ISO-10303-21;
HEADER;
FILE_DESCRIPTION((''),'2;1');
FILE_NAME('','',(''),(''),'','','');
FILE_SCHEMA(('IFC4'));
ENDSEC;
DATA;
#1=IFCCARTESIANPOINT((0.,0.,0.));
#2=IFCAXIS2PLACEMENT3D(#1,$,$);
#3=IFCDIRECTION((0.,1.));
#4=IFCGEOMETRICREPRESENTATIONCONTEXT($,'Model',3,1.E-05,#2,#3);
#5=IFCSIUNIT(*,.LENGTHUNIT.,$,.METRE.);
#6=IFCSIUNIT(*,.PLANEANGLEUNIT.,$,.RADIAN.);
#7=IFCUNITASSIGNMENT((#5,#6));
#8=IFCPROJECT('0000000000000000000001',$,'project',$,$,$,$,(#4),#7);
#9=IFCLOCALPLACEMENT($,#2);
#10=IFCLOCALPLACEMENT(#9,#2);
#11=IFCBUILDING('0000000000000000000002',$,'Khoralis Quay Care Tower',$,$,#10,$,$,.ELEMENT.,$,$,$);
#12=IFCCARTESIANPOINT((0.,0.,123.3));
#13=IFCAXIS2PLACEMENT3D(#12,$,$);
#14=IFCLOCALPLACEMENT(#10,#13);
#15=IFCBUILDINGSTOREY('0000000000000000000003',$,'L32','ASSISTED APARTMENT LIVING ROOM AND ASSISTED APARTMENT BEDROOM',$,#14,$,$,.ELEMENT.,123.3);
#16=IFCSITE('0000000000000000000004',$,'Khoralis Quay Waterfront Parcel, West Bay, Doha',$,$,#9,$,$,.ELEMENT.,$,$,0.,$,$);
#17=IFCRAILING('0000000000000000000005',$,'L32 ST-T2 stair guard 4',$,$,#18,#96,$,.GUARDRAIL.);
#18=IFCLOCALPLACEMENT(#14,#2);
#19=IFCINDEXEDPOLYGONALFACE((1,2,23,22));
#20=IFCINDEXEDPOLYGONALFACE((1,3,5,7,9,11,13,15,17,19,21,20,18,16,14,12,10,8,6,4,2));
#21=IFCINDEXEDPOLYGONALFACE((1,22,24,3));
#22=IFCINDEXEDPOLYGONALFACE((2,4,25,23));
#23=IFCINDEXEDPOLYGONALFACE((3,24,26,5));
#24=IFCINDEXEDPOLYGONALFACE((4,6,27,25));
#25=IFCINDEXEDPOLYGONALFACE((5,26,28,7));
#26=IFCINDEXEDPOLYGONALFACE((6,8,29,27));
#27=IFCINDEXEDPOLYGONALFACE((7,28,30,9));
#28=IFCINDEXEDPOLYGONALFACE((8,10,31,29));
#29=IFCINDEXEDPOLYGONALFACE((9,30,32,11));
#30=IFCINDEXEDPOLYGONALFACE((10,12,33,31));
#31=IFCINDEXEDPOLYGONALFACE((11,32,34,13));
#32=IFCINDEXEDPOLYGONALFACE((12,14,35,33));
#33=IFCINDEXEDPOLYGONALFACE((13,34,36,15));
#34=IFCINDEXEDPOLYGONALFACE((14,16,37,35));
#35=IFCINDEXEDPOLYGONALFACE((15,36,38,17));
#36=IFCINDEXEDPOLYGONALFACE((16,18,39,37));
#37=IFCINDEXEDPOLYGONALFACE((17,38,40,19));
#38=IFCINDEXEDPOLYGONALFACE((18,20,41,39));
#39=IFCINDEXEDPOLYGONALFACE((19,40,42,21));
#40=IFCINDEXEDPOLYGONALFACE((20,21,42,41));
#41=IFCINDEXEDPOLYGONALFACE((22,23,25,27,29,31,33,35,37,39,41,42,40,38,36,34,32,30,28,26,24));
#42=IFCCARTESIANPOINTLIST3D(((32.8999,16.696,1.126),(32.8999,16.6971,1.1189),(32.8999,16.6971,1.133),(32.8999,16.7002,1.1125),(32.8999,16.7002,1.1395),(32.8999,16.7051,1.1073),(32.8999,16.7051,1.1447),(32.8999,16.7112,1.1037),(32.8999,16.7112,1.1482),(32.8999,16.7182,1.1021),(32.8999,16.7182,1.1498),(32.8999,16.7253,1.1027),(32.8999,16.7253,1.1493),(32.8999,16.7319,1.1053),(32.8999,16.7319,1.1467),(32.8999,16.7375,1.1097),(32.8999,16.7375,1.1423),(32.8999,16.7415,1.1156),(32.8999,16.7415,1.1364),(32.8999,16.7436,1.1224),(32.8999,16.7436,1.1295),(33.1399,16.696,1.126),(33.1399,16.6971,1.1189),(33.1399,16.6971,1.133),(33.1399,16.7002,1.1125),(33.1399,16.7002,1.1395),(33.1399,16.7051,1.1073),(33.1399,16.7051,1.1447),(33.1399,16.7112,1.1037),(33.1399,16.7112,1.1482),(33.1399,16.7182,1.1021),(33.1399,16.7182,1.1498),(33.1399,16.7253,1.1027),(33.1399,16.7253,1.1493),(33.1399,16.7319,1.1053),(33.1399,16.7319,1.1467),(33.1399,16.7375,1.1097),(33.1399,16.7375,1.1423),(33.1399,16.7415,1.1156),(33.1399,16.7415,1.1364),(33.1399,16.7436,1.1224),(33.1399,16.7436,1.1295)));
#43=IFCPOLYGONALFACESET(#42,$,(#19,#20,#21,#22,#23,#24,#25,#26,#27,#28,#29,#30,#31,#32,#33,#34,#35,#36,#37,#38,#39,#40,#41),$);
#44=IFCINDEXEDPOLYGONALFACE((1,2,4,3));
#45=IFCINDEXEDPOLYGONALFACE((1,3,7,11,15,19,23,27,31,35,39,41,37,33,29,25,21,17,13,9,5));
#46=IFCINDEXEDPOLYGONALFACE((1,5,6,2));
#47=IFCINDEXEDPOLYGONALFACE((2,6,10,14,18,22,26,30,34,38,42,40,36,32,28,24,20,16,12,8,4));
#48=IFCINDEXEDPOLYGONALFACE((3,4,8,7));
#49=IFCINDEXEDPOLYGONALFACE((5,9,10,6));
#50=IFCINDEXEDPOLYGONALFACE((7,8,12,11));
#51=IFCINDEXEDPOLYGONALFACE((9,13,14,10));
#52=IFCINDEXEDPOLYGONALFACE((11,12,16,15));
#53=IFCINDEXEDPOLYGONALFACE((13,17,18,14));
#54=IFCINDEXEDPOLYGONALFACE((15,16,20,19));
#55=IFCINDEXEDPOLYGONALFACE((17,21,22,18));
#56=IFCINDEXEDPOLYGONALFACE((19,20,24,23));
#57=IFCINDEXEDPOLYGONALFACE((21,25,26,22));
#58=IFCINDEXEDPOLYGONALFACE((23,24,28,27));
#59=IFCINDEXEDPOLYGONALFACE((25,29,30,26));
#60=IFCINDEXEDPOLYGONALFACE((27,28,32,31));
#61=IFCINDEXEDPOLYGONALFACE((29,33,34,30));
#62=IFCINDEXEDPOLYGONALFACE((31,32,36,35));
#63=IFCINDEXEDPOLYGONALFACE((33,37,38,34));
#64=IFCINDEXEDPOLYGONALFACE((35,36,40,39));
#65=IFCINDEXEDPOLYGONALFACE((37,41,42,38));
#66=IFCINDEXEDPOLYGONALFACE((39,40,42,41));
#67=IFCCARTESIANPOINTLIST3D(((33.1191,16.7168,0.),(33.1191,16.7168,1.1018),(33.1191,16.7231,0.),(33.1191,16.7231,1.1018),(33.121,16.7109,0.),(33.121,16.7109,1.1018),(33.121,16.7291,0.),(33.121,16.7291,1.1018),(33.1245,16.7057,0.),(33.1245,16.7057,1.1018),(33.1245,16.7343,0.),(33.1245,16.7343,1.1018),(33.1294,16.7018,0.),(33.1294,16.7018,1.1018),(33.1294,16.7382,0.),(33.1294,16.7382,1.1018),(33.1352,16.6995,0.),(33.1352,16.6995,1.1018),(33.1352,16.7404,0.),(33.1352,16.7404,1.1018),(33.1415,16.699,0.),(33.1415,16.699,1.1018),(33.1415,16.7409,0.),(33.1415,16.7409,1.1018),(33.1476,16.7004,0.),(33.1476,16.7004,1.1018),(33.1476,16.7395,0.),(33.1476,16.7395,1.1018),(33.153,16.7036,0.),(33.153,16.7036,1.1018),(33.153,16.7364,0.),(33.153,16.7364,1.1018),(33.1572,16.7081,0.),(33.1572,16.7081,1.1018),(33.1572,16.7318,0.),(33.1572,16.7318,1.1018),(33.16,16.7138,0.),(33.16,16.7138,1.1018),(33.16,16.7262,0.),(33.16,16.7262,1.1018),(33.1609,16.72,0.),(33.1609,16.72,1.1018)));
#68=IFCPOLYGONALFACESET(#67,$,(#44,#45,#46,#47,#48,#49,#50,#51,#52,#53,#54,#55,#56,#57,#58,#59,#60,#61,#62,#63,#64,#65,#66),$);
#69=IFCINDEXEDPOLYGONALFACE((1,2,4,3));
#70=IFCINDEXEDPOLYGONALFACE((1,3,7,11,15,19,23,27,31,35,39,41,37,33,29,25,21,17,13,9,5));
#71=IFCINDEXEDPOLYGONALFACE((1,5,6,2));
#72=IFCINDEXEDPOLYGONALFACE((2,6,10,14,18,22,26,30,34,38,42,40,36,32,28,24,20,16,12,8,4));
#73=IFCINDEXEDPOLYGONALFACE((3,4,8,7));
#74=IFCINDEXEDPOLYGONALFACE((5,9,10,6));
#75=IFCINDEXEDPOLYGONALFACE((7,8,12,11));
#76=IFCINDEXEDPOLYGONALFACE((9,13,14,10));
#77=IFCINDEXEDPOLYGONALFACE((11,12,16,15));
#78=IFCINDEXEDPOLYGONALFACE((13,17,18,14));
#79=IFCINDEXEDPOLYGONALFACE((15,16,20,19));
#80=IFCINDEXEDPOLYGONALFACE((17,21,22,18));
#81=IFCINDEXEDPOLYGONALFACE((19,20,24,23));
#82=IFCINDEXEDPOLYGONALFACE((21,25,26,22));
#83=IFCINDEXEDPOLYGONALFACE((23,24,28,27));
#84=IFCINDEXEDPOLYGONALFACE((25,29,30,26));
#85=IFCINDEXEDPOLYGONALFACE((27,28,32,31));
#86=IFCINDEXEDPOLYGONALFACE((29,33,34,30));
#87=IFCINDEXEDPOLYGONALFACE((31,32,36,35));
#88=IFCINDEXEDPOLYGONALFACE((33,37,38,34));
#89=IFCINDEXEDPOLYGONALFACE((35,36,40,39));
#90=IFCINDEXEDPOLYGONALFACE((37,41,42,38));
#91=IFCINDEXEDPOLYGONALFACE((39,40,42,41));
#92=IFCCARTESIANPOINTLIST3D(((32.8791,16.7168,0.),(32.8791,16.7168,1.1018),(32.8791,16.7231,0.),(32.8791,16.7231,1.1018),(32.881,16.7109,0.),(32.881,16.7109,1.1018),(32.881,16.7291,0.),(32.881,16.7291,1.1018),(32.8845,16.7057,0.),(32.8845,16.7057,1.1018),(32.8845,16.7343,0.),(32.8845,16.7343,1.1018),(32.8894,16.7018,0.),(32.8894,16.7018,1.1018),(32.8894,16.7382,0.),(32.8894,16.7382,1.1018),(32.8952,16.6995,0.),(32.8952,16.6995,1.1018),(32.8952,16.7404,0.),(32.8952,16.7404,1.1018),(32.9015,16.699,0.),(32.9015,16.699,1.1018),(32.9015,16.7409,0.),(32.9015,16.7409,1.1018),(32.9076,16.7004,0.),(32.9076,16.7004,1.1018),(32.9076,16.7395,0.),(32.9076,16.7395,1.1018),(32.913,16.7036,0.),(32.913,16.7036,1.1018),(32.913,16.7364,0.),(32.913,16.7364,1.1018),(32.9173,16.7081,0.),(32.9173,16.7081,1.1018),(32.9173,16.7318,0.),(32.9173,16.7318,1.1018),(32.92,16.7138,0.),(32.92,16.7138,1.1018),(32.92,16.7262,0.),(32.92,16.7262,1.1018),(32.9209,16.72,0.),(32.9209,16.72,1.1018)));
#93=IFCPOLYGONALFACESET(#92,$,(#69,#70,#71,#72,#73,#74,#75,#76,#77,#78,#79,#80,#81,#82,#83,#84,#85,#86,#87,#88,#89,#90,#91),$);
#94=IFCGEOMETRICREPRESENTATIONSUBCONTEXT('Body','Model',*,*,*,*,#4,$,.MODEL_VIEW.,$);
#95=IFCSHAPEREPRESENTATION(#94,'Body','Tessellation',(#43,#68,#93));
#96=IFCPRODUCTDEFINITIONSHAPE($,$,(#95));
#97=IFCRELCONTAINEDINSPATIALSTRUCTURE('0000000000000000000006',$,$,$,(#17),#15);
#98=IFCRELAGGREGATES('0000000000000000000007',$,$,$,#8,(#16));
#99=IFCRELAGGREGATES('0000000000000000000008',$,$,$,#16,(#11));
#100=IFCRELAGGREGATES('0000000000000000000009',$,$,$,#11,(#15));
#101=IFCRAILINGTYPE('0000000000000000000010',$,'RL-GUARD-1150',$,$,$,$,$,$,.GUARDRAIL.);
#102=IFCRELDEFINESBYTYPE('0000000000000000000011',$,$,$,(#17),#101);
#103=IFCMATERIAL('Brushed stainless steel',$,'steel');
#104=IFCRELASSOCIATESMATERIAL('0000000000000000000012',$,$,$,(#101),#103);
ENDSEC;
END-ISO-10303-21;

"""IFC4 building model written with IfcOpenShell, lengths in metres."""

from ifc_helpers import new_model, si_unit, direction, frame, origin, origin_2d, place, context, subcontext, project, spatial, circle, extrude, material, type_object, element, save


model = new_model("IFC4")

# Units and contexts
model_context = context("Model", 3, precision=1e-05, world=origin(), true_north=direction((0.0, 1.0)))
body_context = subcontext(model_context, "Body", "Model", "MODEL_VIEW")
ifc_project = project(units=[si_unit("LENGTHUNIT", "METRE"), si_unit("PLANEANGLEUNIT", "RADIAN")], contexts=[model_context])

# Site, building, storey
site_placement = place(None, origin())
site = spatial("IfcSite", under=ifc_project, at=site_placement, Name="Khoralis Quay Waterfront Parcel, West Bay, Doha", CompositionType="ELEMENT", RefElevation=0.0)
building_placement = place(site_placement, origin())
building = spatial("IfcBuilding", under=site, at=building_placement, Name="Khoralis Quay Care Tower", CompositionType="ELEMENT")
storey_placement = place(building_placement, frame((0.0, 0.0, 123.3)))
storey = spatial("IfcBuildingStorey", under=building, at=storey_placement, Name="L32", Description="ASSISTED APARTMENT LIVING ROOM AND ASSISTED APARTMENT BEDROOM", CompositionType="ELEMENT", Elevation=123.3)

# Shared definitions
ifc_material_1 = material(Name="Brushed stainless steel", Category="steel")

# Railing
railing_type_1 = type_object("IfcRailingType", Name="RL-GUARD-1150", PredefinedType="GUARDRAIL", material=ifc_material_1)
railing_1_placement = place(storey_placement, frame((33.1399, 16.72, 0.0)))
element("IfcRailing", 1, at=railing_1_placement, inside=storey, type_object=railing_type_1, Name="L32 ST-T2 stair guard 4", PredefinedType="GUARDRAIL", context=body_context, shape_type="SweptSolid", body=[
    extrude(circle(Radius=0.0239, at=origin_2d()), frame((0.0, 0.0, 1.126), z_axis=(-1.0, 0.0, 0.0), x_axis=(0.0, -1.0, 0.0)), (0.0, 0.0, 1.0), 0.24),
    extrude(circle(Radius=0.021, at=origin_2d()), origin(), (0.0, 0.0, 1.0), 1.1018),
    extrude(circle(Radius=0.021, at=origin_2d()), frame((-0.24, 0.0, 0.0)), (0.0, 0.0, 1.0), 1.1018),
])

save(model, "model.ifc")
